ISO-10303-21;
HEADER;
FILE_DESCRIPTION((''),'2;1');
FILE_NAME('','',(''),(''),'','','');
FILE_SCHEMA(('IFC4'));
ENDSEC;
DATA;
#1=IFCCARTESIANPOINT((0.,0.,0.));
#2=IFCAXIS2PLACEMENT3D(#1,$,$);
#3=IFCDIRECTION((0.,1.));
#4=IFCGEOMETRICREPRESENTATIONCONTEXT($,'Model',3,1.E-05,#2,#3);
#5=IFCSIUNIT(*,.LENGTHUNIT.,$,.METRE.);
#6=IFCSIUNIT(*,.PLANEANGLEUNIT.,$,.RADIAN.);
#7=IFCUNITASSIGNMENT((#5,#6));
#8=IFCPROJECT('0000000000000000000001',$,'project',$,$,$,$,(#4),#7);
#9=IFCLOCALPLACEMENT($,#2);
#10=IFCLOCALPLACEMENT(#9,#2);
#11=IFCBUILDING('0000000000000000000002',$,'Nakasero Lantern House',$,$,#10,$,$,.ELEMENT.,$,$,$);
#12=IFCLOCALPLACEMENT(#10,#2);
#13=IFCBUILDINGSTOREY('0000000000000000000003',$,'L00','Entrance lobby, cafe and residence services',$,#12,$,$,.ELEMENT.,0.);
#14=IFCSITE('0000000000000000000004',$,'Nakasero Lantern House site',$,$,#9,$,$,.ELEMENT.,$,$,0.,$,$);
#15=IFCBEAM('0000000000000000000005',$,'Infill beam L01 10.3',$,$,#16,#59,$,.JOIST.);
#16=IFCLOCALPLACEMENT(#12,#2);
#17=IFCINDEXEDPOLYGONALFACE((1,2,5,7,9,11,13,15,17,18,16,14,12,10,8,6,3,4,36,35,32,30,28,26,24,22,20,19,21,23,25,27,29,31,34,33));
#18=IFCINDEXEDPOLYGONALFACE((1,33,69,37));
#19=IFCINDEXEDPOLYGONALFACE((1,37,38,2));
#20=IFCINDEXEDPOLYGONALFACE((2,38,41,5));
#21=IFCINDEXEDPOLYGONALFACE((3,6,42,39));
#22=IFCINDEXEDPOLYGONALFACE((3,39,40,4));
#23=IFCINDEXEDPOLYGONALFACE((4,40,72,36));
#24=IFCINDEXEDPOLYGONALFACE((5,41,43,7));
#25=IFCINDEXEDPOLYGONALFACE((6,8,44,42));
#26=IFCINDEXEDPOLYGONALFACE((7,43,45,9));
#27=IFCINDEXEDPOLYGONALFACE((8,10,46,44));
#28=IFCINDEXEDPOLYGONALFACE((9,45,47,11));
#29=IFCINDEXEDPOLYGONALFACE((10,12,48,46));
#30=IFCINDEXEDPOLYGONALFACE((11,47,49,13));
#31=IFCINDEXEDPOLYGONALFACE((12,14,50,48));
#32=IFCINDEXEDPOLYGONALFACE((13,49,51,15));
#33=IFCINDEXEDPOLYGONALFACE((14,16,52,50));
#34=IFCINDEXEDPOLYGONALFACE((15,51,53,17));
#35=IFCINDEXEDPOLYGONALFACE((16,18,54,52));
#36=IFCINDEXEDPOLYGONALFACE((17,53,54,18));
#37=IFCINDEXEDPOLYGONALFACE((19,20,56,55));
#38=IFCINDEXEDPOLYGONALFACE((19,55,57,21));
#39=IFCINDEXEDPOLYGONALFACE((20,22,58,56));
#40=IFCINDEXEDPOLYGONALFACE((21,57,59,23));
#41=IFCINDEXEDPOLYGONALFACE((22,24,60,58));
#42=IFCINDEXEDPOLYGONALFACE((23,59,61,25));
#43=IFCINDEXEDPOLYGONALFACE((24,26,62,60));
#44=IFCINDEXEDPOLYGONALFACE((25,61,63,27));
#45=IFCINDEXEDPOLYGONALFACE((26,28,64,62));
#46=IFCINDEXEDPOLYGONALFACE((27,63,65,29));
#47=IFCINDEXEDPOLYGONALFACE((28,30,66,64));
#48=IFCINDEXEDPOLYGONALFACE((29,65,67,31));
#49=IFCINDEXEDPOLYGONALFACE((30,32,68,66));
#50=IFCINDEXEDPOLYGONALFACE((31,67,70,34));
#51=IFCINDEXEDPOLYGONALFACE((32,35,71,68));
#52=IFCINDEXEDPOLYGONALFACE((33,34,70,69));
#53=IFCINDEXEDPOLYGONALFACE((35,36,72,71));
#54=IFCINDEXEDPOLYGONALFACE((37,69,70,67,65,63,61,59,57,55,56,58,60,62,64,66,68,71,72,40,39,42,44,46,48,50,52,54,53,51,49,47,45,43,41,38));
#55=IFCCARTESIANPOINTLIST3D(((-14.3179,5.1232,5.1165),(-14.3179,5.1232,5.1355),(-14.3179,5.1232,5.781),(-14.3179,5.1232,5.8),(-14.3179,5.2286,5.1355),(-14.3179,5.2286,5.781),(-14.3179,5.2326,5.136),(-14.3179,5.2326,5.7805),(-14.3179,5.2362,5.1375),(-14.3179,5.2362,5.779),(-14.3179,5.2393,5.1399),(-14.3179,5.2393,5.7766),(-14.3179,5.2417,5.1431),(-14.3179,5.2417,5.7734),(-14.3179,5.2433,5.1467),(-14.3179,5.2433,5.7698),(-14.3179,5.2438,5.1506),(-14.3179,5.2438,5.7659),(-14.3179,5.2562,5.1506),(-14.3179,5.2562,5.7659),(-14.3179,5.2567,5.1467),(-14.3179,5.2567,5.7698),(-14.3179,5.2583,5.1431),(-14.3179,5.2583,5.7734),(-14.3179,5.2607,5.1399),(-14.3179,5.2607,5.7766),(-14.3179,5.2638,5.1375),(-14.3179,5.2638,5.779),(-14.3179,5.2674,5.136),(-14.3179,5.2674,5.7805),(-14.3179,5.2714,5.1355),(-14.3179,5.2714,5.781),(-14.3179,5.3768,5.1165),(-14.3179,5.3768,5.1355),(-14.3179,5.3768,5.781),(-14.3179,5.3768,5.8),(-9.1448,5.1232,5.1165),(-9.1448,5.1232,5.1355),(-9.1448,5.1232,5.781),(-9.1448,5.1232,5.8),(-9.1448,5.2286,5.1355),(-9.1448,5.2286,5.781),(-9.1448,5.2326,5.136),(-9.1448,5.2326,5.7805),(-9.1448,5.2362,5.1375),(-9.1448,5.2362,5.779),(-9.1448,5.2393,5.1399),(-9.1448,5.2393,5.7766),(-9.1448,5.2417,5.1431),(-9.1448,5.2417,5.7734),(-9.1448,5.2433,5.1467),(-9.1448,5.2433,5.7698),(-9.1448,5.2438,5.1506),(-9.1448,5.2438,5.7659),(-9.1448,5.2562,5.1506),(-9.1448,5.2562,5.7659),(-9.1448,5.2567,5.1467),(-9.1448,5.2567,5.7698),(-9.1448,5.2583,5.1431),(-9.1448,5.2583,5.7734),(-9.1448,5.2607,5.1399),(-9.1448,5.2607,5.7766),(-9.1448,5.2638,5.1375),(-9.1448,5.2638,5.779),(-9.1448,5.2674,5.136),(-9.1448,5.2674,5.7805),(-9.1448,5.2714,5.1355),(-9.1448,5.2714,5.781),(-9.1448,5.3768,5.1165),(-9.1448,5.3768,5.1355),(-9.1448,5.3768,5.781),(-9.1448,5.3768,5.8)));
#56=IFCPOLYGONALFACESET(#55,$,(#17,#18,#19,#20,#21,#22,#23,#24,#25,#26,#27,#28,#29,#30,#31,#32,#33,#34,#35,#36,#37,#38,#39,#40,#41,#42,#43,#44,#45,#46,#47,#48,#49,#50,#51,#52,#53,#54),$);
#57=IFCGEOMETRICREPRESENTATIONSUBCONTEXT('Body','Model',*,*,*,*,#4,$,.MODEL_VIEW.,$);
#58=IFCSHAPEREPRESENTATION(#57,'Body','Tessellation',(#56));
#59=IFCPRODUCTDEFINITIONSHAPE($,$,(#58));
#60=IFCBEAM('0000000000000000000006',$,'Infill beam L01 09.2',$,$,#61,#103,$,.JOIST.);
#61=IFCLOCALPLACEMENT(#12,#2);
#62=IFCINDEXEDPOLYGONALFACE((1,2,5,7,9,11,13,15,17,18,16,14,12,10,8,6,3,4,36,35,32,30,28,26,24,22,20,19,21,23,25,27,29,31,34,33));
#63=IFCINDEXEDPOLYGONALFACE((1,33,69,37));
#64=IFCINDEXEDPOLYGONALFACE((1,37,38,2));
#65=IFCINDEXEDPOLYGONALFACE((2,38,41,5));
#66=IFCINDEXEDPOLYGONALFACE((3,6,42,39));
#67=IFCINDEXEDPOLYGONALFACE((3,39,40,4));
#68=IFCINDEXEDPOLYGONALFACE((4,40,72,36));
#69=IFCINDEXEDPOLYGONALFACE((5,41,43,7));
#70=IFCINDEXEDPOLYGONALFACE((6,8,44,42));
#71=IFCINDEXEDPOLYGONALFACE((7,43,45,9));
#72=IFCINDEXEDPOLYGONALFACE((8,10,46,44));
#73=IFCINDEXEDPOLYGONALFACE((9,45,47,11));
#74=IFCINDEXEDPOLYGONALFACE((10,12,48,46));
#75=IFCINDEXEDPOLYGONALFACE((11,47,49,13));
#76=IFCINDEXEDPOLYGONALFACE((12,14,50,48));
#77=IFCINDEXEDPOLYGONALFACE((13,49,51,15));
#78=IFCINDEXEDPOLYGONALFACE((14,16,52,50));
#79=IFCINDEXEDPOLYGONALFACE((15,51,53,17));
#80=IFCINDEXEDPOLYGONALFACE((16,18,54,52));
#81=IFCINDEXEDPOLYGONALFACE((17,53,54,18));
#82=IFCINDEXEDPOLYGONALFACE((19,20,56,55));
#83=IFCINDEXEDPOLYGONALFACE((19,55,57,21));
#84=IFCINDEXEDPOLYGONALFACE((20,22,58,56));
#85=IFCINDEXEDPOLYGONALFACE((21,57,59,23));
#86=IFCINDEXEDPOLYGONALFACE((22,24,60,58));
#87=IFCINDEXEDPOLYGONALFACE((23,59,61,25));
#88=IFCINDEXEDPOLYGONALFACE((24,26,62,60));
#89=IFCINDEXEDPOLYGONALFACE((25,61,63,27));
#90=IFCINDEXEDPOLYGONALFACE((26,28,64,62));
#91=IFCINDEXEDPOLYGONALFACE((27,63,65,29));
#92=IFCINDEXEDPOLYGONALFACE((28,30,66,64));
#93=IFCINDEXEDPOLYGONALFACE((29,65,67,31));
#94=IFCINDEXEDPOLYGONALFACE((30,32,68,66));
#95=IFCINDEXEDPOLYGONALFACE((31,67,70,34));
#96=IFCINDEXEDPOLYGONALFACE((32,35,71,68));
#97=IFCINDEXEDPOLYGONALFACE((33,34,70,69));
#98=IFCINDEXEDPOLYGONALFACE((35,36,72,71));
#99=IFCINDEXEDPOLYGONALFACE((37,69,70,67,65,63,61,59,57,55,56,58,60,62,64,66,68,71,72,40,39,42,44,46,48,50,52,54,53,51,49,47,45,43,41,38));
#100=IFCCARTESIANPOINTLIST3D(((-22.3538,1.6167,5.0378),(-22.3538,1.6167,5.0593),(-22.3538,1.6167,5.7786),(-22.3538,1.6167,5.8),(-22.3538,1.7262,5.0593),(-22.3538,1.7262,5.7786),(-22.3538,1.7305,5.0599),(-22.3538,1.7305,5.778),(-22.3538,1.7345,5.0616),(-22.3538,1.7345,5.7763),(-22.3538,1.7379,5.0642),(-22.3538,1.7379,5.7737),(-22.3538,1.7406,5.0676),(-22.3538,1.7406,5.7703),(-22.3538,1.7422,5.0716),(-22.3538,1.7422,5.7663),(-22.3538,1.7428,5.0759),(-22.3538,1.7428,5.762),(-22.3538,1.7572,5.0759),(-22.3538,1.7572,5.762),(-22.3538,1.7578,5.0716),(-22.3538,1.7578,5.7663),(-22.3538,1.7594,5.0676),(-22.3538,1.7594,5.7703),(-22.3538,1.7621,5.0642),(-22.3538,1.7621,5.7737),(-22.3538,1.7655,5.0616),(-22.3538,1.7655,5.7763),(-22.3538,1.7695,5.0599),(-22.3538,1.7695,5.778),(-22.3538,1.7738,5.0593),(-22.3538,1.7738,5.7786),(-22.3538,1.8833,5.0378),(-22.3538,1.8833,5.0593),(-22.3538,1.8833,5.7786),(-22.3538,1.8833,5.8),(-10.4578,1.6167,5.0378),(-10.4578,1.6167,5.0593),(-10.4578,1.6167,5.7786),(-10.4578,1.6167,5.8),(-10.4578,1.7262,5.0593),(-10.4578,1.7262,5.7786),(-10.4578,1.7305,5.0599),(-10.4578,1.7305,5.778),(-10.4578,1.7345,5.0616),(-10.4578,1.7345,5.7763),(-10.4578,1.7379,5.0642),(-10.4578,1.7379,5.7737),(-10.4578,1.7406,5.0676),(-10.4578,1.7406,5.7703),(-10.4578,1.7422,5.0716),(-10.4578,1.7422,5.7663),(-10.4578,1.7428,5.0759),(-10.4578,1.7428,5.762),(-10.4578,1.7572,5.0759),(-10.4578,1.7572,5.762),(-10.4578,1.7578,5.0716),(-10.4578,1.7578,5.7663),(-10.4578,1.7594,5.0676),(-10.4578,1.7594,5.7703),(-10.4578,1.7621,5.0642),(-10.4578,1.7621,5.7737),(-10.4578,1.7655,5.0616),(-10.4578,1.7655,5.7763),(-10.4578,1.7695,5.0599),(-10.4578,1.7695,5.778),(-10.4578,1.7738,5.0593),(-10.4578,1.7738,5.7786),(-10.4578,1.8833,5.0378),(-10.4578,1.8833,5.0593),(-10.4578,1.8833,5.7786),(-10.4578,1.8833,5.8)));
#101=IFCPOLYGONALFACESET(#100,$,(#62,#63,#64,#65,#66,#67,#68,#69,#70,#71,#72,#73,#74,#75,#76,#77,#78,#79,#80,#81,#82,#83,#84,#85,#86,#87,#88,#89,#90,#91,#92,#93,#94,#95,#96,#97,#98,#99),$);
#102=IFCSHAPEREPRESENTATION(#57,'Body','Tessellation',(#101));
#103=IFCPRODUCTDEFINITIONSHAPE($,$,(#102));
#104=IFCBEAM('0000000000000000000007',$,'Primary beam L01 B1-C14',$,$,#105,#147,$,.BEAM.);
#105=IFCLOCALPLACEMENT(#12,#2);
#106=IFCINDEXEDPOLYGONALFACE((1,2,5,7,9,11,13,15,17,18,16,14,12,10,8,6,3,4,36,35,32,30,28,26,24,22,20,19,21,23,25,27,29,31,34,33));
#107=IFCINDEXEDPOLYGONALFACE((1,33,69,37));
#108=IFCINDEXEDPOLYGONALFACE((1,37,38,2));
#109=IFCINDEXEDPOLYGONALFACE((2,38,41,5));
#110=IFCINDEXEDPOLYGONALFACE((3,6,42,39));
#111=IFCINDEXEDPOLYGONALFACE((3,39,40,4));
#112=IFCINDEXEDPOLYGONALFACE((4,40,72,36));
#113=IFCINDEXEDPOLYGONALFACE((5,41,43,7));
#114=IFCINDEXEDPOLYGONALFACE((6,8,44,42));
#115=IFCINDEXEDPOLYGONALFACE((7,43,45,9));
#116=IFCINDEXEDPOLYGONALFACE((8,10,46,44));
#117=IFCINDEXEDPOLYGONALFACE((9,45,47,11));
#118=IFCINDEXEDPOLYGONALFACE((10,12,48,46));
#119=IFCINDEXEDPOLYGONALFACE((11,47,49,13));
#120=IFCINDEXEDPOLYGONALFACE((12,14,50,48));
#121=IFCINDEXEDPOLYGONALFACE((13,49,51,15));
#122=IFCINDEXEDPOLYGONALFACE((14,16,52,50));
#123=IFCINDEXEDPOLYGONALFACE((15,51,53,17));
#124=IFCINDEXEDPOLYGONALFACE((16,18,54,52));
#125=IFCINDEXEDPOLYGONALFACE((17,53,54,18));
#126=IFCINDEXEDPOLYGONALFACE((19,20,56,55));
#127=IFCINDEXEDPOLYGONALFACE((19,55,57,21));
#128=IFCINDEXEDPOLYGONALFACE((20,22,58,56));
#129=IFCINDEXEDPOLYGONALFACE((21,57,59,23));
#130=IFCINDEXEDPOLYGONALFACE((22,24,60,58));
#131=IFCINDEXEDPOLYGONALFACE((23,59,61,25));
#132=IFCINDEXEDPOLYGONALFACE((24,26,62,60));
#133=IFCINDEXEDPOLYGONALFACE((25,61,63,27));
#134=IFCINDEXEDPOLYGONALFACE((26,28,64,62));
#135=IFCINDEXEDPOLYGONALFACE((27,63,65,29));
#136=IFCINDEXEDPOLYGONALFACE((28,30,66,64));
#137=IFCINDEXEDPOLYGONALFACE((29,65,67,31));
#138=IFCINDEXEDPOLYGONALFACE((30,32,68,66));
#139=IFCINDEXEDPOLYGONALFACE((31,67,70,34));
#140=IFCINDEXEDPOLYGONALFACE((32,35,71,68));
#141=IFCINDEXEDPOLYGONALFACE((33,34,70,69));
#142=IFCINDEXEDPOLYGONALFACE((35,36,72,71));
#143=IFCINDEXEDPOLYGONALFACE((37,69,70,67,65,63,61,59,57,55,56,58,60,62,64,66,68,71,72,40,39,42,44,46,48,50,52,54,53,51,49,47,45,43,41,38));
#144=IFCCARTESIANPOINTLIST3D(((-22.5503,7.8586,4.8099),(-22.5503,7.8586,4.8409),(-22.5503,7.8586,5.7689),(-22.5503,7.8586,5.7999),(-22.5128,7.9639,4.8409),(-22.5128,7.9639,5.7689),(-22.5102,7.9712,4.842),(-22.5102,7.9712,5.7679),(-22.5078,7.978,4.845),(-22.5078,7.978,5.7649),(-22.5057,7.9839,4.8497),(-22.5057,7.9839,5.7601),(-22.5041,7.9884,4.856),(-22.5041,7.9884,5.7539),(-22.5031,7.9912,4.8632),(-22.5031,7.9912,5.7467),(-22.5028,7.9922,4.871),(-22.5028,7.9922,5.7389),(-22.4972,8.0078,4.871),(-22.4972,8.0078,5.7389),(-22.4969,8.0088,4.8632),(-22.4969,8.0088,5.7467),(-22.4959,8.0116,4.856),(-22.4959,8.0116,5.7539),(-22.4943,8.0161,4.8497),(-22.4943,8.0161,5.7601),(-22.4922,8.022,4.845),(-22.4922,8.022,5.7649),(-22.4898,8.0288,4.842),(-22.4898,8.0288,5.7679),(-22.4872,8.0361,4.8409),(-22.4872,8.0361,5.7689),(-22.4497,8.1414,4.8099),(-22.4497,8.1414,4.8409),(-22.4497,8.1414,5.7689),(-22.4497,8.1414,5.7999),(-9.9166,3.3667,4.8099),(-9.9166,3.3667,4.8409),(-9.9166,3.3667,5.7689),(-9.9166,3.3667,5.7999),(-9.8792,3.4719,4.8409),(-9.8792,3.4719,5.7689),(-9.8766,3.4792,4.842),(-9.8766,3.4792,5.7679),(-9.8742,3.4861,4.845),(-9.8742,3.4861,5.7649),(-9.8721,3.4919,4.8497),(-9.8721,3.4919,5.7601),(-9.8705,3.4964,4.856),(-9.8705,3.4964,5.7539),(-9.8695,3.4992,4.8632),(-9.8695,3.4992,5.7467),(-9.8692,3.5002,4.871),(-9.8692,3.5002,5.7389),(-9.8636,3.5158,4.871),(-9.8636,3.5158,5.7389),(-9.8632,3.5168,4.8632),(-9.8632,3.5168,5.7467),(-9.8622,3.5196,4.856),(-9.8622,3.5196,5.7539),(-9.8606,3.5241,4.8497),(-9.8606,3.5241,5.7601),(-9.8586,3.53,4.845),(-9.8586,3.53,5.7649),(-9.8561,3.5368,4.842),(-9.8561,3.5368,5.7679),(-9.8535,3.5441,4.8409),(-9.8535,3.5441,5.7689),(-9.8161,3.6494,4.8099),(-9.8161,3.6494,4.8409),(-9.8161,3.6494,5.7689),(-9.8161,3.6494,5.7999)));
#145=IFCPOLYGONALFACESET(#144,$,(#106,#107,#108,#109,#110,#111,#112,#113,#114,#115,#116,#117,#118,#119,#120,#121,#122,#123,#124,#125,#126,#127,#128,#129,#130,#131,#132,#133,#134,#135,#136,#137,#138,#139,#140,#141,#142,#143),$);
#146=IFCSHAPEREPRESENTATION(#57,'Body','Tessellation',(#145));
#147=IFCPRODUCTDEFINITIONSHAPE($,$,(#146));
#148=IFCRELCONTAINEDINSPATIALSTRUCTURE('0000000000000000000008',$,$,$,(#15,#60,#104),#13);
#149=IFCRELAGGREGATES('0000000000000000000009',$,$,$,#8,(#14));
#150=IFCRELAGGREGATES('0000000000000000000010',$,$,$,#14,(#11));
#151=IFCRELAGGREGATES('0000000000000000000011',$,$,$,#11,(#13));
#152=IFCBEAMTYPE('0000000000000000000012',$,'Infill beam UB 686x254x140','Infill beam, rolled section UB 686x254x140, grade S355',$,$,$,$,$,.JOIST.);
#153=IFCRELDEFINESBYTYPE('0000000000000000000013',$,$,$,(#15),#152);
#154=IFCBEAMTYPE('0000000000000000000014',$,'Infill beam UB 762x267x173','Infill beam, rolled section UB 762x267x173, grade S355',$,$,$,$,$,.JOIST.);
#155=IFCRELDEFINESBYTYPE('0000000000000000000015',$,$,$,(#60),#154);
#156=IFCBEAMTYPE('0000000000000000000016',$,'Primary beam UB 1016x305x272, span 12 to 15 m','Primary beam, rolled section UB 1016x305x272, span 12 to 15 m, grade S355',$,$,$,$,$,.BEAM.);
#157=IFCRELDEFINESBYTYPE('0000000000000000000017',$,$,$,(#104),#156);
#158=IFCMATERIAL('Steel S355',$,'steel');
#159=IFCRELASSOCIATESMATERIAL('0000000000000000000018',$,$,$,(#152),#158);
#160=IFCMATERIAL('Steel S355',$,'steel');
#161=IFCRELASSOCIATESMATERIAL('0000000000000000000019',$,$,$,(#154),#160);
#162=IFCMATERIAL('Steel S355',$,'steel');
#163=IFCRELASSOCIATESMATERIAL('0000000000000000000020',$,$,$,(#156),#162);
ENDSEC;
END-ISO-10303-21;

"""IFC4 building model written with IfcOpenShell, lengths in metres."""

from ifc_helpers import new_model, si_unit, direction, frame, origin, origin_2d, place, context, subcontext, project, spatial, i_section, extrude, material, material_profile, profile_set, type_object, element, save


model = new_model("IFC4")

# Units and contexts
model_context = context("Model", 3, precision=1e-05, world=origin(), true_north=direction((0.0, 1.0)))
body_context = subcontext(model_context, "Body", "Model", "MODEL_VIEW")
ifc_project = project(units=[si_unit("LENGTHUNIT", "METRE"), si_unit("PLANEANGLEUNIT", "RADIAN")], contexts=[model_context])

# Site, building, storey
site_placement = place(None, origin())
site = spatial("IfcSite", under=ifc_project, at=site_placement, Name="Nakasero Lantern House site", CompositionType="ELEMENT", RefElevation=0.0)
building_placement = place(site_placement, origin())
building = spatial("IfcBuilding", under=site, at=building_placement, Name="Nakasero Lantern House", CompositionType="ELEMENT")
storey_placement = place(building_placement, origin())
storey = spatial("IfcBuildingStorey", under=building, at=storey_placement, Name="L00", Description="Entrance lobby, cafe and residence services", CompositionType="ELEMENT", Elevation=0.0)

# Beams
ifc_material_1 = material(Name="Steel S355", Category="steel")
ifc_material_profile_1 = material_profile(ifc_material_1, i_section(OverallWidth=0.2537, OverallDepth=0.6836, WebThickness=0.0125, FlangeThickness=0.019, FilletRadius=0.0151, at=origin_2d()), Name="UB 686x254x140")
ifc_profile_set_1 = profile_set([ifc_material_profile_1], Name="Steel S355")
beam_type_1 = type_object("IfcBeamType", Name="Infill beam UB 686x254x140", Description="Infill beam, rolled section UB 686x254x140, grade S355", PredefinedType="JOIST", material=ifc_profile_set_1)
beam_1_placement = place(storey_placement, frame((-14.3179, 5.25, 5.4583), z_axis=(1.0, 0.0, 0.0), x_axis=(0.0, 1.0, 0.0)))
element("IfcBeam", 1, at=beam_1_placement, inside=storey, type_object=beam_type_1, Name="Infill beam L01 10.3", PredefinedType="JOIST", context=body_context, shape_type="SweptSolid", body=[
    extrude(i_section(OverallWidth=0.2537, OverallDepth=0.6836, WebThickness=0.0125, FlangeThickness=0.019, FilletRadius=0.0151, at=origin_2d()), origin(), (0.0, 0.0, 1.0), 5.1731),
])
ifc_material_2 = material(Name="Steel S355", Category="steel")
ifc_material_profile_2 = material_profile(ifc_material_2, i_section(OverallWidth=0.2666, OverallDepth=0.7622, WebThickness=0.0144, FlangeThickness=0.0215, FilletRadius=0.0166, at=origin_2d()), Name="UB 762x267x173")
ifc_profile_set_2 = profile_set([ifc_material_profile_2], Name="Steel S355")
beam_type_2 = type_object("IfcBeamType", Name="Infill beam UB 762x267x173", Description="Infill beam, rolled section UB 762x267x173, grade S355", PredefinedType="JOIST", material=ifc_profile_set_2)
beam_2_placement = place(storey_placement, frame((-22.3538, 1.75, 5.4189), z_axis=(1.0, 0.0, 0.0), x_axis=(0.0, 1.0, 0.0)))
element("IfcBeam", 2, at=beam_2_placement, inside=storey, type_object=beam_type_2, Name="Infill beam L01 09.2", PredefinedType="JOIST", context=body_context, shape_type="SweptSolid", body=[
    extrude(i_section(OverallWidth=0.2666, OverallDepth=0.7622, WebThickness=0.0144, FlangeThickness=0.0215, FilletRadius=0.0166, at=origin_2d()), origin(), (0.0, 0.0, 1.0), 11.896),
])
ifc_material_3 = material(Name="Steel S355", Category="steel")
ifc_material_profile_3 = material_profile(ifc_material_3, i_section(OverallWidth=0.3, OverallDepth=0.99, WebThickness=0.0166, FlangeThickness=0.031, FilletRadius=0.03, at=origin_2d()), Name="UB 1016x305x272")
ifc_profile_set_3 = profile_set([ifc_material_profile_3], Name="Steel S355")
beam_type_3 = type_object("IfcBeamType", Name="Primary beam UB 1016x305x272, span 12 to 15 m", Description="Primary beam, rolled section UB 1016x305x272, span 12 to 15 m, grade S355", PredefinedType="BEAM", material=ifc_profile_set_3)
beam_3_placement = place(storey_placement, frame((-22.5, 8.0, 5.3049), z_axis=(0.942214, -0.335011, 0.0), x_axis=(0.335011, 0.942214, 0.0)))
element("IfcBeam", 3, at=beam_3_placement, inside=storey, type_object=beam_type_3, Name="Primary beam L01 B1-C14", PredefinedType="BEAM", context=body_context, shape_type="SweptSolid", body=[
    extrude(i_section(OverallWidth=0.3, OverallDepth=0.99, WebThickness=0.0166, FlangeThickness=0.031, FilletRadius=0.03, at=origin_2d()), origin(), (0.0, 0.0, 1.0), 13.4084),
])

save(model, "model.ifc")
